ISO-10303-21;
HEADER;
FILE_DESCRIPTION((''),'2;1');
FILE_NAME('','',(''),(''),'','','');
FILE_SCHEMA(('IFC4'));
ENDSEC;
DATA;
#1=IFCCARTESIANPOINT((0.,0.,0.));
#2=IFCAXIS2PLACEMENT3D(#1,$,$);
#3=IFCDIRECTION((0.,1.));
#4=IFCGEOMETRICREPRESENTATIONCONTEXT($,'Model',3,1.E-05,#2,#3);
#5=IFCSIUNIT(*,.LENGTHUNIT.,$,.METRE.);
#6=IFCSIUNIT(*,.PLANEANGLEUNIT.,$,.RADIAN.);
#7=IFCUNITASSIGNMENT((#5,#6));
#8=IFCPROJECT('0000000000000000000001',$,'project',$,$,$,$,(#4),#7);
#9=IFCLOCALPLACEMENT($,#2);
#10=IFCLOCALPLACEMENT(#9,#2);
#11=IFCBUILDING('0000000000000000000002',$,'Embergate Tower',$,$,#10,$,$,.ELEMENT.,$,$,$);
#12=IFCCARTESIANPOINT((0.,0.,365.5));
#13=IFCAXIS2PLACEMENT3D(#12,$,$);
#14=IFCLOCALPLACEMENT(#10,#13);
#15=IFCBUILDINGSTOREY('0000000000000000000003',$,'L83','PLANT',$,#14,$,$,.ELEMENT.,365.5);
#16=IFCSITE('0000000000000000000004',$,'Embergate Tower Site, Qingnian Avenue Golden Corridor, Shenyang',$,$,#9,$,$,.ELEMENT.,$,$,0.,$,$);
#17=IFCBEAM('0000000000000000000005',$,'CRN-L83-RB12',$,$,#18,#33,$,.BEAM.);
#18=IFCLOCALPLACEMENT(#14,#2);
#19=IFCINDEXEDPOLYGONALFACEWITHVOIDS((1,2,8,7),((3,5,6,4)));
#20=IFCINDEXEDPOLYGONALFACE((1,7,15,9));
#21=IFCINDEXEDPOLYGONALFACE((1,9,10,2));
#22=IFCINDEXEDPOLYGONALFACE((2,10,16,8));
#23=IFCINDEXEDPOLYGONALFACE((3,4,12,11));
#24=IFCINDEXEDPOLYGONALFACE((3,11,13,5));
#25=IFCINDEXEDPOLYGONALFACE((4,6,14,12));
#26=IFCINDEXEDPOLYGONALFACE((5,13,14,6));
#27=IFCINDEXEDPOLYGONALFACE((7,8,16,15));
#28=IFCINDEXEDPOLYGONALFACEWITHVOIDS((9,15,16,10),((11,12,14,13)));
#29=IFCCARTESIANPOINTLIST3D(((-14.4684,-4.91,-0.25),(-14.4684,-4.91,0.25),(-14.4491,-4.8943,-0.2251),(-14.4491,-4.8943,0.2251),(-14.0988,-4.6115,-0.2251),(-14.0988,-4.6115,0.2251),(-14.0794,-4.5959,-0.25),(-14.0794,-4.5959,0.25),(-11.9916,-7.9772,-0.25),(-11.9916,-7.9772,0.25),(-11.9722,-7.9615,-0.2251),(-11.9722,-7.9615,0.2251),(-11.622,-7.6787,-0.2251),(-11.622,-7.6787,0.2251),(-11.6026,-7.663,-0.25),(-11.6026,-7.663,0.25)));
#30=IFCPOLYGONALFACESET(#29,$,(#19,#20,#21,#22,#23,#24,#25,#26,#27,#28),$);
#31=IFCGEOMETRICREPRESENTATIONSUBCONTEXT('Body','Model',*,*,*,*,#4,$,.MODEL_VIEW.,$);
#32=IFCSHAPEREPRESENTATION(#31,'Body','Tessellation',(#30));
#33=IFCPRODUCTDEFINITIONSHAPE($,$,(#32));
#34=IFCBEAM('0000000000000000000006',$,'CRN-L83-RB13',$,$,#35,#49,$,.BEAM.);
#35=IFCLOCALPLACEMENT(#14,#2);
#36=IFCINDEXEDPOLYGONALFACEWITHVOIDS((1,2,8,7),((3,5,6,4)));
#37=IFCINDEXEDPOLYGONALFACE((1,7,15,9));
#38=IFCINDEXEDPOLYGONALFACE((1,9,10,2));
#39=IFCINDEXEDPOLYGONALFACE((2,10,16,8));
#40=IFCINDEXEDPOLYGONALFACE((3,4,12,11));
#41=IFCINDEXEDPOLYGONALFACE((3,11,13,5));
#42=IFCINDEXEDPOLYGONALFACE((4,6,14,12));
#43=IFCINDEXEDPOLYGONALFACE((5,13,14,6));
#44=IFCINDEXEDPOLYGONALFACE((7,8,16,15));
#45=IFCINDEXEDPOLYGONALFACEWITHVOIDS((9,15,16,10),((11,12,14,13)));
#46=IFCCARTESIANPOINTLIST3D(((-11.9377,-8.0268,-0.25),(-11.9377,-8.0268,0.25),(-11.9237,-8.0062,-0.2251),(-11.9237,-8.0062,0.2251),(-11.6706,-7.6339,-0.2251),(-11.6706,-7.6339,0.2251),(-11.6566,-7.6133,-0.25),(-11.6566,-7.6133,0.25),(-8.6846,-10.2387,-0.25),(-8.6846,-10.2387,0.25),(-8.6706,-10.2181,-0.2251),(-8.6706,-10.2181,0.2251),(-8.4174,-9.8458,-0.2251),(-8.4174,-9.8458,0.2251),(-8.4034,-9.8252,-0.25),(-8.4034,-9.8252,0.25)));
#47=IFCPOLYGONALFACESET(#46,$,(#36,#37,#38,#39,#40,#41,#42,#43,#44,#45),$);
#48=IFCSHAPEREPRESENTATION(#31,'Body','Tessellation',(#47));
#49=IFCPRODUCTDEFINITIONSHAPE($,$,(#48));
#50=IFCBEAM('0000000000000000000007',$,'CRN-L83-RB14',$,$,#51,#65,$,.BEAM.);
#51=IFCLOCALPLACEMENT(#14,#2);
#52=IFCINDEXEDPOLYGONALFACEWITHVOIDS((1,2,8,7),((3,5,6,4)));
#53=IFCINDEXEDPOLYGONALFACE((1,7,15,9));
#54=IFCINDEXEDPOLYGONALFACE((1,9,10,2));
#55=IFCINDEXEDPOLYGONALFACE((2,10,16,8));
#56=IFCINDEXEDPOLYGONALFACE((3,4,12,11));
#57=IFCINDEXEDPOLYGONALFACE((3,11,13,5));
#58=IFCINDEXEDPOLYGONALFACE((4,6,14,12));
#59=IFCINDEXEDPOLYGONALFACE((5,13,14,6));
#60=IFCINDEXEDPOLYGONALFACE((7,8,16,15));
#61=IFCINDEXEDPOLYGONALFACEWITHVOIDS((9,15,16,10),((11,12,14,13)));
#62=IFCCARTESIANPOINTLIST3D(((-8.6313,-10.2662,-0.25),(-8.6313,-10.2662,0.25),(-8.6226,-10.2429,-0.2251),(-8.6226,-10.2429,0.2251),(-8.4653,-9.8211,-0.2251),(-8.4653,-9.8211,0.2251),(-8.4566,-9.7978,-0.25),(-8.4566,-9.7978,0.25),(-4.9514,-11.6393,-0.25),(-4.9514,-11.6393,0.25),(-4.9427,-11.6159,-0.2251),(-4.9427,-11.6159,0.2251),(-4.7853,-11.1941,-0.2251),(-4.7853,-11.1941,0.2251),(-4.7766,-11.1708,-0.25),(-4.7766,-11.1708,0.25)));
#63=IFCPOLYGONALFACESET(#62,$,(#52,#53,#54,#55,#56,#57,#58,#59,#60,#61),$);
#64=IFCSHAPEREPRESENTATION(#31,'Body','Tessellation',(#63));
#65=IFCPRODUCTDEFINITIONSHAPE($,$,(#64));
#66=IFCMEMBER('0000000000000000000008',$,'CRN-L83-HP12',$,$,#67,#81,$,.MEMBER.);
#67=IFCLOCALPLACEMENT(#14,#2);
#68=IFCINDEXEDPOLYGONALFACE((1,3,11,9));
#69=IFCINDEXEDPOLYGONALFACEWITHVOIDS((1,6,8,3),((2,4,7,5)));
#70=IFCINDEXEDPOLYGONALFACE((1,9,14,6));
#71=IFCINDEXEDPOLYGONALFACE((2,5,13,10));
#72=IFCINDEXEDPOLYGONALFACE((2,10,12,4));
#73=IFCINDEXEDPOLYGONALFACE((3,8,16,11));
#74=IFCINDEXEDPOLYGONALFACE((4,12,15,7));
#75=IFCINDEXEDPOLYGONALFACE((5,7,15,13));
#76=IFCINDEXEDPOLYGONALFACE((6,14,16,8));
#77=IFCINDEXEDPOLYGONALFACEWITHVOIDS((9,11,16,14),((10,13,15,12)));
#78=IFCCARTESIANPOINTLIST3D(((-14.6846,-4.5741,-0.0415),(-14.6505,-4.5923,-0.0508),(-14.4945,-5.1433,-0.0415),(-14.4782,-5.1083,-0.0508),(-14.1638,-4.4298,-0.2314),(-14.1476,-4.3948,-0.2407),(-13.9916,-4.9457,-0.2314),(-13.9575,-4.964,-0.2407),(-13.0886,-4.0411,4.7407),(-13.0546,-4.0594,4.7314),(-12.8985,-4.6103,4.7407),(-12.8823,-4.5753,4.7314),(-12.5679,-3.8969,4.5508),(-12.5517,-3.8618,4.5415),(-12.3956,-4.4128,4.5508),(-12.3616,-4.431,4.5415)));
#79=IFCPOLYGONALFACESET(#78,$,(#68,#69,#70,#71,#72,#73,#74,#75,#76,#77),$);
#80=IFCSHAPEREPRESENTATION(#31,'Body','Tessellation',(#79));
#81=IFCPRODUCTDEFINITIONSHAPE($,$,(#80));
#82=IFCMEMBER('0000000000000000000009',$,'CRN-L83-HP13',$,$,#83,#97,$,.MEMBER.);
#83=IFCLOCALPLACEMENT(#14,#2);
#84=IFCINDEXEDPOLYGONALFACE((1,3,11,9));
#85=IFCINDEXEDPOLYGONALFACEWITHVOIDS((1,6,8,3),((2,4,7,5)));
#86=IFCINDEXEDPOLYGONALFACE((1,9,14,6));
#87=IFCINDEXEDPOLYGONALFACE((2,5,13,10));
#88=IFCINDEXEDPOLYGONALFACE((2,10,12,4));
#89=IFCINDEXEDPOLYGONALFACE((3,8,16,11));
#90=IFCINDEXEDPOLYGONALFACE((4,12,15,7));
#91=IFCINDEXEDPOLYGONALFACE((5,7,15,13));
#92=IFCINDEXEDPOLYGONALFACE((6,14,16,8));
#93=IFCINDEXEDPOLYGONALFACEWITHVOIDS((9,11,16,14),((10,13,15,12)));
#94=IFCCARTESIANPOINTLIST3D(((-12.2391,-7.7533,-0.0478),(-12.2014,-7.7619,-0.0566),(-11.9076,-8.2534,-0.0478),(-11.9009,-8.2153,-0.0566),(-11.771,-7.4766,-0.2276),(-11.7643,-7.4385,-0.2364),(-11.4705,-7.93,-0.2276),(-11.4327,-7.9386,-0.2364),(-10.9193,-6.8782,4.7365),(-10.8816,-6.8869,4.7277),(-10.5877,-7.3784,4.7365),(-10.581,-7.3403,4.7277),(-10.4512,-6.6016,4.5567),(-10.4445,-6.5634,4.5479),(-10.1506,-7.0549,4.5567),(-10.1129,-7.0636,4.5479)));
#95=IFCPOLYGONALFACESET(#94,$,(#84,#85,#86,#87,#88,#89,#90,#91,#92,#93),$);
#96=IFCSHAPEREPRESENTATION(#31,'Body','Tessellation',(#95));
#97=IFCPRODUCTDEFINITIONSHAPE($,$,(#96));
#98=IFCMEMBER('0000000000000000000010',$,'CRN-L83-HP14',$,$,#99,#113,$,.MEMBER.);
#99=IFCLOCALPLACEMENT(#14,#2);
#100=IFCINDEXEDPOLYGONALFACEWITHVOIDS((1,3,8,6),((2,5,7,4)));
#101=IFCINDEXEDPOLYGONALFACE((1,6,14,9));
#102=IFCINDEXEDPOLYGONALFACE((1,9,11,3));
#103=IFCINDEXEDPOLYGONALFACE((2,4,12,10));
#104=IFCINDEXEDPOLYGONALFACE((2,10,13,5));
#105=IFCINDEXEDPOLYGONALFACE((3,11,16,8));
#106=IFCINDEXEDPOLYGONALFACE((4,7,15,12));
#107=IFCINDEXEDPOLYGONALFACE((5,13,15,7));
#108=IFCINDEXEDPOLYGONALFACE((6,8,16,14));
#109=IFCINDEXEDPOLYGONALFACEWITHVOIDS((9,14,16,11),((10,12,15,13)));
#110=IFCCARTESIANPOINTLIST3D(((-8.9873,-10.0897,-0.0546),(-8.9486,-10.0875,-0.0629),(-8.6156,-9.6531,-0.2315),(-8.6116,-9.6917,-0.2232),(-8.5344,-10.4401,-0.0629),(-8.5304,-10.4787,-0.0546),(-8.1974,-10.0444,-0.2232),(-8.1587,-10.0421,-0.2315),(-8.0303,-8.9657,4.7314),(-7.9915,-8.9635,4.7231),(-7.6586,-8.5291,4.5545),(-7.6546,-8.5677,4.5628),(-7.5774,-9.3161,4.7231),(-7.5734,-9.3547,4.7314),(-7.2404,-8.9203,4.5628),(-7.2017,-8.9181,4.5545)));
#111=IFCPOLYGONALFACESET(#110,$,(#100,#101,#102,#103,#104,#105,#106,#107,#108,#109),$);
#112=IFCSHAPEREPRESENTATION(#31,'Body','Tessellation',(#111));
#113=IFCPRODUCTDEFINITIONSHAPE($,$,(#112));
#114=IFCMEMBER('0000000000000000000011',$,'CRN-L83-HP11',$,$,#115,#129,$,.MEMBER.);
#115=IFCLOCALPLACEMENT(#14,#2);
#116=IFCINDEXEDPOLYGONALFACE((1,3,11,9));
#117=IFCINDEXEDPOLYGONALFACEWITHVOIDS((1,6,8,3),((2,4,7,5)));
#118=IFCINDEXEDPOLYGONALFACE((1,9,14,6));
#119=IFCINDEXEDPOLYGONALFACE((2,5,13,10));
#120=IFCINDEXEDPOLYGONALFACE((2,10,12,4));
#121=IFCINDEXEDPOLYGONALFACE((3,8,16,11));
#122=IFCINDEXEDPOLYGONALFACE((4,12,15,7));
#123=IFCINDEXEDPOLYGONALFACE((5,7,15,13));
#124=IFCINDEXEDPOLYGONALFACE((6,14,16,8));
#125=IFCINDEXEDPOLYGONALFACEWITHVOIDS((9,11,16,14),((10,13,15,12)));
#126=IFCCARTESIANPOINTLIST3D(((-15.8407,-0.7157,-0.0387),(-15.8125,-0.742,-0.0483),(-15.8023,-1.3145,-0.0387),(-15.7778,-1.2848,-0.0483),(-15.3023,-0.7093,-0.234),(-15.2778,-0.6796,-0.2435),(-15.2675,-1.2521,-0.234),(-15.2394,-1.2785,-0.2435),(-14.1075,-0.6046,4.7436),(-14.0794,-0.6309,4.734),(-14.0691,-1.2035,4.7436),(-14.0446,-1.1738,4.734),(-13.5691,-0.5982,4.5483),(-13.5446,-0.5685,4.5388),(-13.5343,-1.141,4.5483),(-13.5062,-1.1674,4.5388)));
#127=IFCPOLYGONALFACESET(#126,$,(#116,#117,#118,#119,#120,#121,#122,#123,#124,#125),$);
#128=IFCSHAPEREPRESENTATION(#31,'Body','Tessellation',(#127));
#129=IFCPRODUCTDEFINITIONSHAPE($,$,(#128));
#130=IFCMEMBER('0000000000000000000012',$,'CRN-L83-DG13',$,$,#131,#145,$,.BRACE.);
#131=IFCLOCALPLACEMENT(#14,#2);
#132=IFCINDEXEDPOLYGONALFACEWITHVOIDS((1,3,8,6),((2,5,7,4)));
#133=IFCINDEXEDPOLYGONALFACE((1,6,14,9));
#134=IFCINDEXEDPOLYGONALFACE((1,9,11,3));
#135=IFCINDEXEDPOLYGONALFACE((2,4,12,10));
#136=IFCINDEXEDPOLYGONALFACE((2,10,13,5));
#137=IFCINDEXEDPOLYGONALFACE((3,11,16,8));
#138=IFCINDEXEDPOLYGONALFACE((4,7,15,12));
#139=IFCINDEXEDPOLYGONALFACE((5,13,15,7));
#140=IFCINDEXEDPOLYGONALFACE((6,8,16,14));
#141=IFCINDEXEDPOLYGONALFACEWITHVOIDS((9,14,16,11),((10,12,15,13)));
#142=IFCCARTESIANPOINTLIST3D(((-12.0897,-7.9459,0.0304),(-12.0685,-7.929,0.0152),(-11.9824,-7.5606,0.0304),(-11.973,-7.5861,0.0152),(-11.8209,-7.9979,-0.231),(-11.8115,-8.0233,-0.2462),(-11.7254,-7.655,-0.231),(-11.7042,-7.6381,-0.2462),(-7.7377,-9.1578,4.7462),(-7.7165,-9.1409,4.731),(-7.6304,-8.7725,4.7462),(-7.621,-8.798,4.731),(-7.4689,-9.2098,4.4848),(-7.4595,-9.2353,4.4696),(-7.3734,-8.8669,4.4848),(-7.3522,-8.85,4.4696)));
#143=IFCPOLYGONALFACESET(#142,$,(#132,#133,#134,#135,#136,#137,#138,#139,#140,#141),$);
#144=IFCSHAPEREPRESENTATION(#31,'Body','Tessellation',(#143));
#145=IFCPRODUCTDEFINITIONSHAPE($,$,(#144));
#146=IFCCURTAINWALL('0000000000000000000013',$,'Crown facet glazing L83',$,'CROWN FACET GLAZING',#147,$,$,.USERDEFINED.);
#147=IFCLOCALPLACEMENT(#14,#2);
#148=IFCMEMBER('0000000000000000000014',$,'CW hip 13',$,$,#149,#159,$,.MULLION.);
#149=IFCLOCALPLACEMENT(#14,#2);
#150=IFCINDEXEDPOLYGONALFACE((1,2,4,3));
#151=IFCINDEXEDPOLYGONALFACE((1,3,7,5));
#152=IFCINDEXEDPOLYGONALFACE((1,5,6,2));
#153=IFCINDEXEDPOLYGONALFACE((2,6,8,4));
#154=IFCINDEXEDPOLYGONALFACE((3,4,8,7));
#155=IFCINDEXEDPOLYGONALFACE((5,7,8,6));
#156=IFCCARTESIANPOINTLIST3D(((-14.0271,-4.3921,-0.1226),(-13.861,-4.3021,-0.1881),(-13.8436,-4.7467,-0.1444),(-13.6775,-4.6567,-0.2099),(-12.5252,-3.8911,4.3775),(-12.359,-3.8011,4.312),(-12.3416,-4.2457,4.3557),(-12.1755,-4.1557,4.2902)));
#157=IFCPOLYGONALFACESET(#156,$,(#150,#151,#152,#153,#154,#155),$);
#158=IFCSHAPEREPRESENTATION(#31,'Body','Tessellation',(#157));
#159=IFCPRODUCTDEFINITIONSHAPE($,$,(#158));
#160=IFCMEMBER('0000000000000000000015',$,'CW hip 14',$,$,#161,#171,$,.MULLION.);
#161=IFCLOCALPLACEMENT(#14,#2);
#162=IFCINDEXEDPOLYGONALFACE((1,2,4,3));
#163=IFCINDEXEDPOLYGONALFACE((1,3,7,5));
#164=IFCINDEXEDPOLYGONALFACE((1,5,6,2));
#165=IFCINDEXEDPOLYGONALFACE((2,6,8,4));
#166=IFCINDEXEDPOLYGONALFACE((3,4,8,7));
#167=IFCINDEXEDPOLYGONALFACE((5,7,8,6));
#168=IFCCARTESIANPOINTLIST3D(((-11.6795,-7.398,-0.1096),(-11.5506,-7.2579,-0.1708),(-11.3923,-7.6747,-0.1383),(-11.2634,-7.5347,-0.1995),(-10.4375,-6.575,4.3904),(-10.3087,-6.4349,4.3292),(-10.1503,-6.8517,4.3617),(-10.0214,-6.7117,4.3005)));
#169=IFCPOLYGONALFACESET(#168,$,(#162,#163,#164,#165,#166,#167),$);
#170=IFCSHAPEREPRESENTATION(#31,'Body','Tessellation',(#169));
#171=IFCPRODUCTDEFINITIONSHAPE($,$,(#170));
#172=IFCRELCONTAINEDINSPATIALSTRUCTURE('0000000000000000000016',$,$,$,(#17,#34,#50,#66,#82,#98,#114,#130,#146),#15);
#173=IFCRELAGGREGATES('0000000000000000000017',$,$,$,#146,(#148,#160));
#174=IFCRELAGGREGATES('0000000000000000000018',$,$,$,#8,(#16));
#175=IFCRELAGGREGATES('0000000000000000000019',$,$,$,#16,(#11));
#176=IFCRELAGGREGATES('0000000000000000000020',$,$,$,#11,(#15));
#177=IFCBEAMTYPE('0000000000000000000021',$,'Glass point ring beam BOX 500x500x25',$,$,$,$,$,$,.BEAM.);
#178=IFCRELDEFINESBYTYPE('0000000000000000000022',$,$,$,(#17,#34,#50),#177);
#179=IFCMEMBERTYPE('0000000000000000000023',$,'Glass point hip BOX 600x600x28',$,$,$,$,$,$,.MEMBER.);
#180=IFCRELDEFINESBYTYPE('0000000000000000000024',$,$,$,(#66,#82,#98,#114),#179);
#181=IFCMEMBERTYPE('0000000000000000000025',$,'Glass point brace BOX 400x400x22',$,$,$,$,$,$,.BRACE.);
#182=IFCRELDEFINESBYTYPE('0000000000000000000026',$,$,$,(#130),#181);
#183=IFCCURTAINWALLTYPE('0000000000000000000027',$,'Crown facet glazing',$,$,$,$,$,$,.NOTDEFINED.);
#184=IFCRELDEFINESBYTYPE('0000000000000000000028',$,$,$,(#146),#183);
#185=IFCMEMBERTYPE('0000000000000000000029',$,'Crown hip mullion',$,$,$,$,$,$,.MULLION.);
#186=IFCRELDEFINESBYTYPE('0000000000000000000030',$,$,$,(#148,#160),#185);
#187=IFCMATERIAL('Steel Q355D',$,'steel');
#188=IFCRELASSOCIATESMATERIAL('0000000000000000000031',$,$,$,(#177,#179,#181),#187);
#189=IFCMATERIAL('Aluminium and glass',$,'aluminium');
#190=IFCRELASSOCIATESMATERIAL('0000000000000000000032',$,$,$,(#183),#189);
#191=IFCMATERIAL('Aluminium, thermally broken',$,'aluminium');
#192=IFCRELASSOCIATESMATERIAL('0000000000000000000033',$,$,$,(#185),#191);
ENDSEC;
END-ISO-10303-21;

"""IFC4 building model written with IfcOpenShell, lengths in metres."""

from ifc_helpers import new_model, si_unit, direction, frame, origin, origin_2d, place, context, subcontext, project, spatial, rectangle, hollow_rectangle, extrude, source, transform, mapped, material, material_profile, profile_set, type_object, element, aggregate, save


model = new_model("IFC4")

# Units and contexts
model_context = context("Model", 3, precision=1e-05, world=origin(), true_north=direction((0.0, 1.0)))
body_context = subcontext(model_context, "Body", "Model", "MODEL_VIEW")
ifc_project = project(units=[si_unit("LENGTHUNIT", "METRE"), si_unit("PLANEANGLEUNIT", "RADIAN")], contexts=[model_context])

# Site, building, storey
site_placement = place(None, origin())
site = spatial("IfcSite", under=ifc_project, at=site_placement, Name="Embergate Tower Site, Qingnian Avenue Golden Corridor, Shenyang", CompositionType="ELEMENT", RefElevation=0.0)
building_placement = place(site_placement, origin())
building = spatial("IfcBuilding", under=site, at=building_placement, Name="Embergate Tower", CompositionType="ELEMENT")
storey_placement = place(building_placement, frame((0.0, 0.0, 365.5)))
storey = spatial("IfcBuildingStorey", under=building, at=storey_placement, Name="L83", Description="PLANT", CompositionType="ELEMENT", Elevation=365.5)

# Beams
ifc_material_1 = material(Name="Steel Q355D", Category="steel")
ifc_material_profile_1 = material_profile(ifc_material_1, hollow_rectangle(XDim=0.5, YDim=0.5, WallThickness=0.0249, at=origin_2d()), Name="BOX 500x500x25")
ifc_profile_set_1 = profile_set([ifc_material_profile_1], Name="Steel Q355 grade D")
beam_type = type_object("IfcBeamType", Name="Glass point ring beam BOX 500x500x25", PredefinedType="BEAM", material=ifc_profile_set_1)
shared_shape_1 = source(origin(), body_context, "Body", "SweptSolid", [
    extrude(hollow_rectangle(XDim=0.5, YDim=0.5, WallThickness=0.0249, at=origin_2d()), origin(), (0.0, 0.0, 1.0), 3.9424),
])
beam_1_placement = place(storey_placement, frame((-14.2739, -4.7529, 0.0), z_axis=(0.628261, -0.778003, 0.0), x_axis=(0.778003, 0.628261, 0.0)))
element("IfcBeam", 1, at=beam_1_placement, inside=storey, type_object=beam_type, Name="CRN-L83-RB12", PredefinedType="BEAM", context=body_context, shape_type="MappedRepresentation", body=[
    mapped(shared_shape_1, transform((0.0, 0.0, 0.0))),
])
shared_shape_2 = source(origin(), body_context, "Body", "SweptSolid", [
    extrude(hollow_rectangle(XDim=0.5, YDim=0.5, WallThickness=0.0249, at=origin_2d()), origin(), (0.0, 0.0, 1.0), 3.9338),
])
beam_2_placement = place(storey_placement, frame((-11.7971, -7.8201, 0.0), z_axis=(0.826955, -0.562268, 0.0), x_axis=(0.562268, 0.826955, 0.0)))
element("IfcBeam", 2, at=beam_2_placement, inside=storey, type_object=beam_type, Name="CRN-L83-RB13", PredefinedType="BEAM", context=body_context, shape_type="MappedRepresentation", body=[
    mapped(shared_shape_2, transform((0.0, 0.0, 0.0))),
])
shared_shape_3 = source(origin(), body_context, "Body", "SweptSolid", [
    extrude(hollow_rectangle(XDim=0.5, YDim=0.5, WallThickness=0.0249, at=origin_2d()), origin(), (0.0, 0.0, 1.0), 3.9277),
])
beam_3_placement = place(storey_placement, frame((-8.5439, -10.032, 0.0), z_axis=(0.936908, -0.349577, 0.0), x_axis=(0.349577, 0.936908, 0.0)))
element("IfcBeam", 3, at=beam_3_placement, inside=storey, type_object=beam_type, Name="CRN-L83-RB14", PredefinedType="BEAM", context=body_context, shape_type="MappedRepresentation", body=[
    mapped(shared_shape_3, transform((0.0, 0.0, 0.0))),
])

# Members
ifc_material_profile_2 = material_profile(ifc_material_1, hollow_rectangle(XDim=0.6001, YDim=0.6001, WallThickness=0.0281, at=origin_2d()), Name="BOX 600x600x28")
ifc_profile_set_2 = profile_set([ifc_material_profile_2], Name="Steel Q355 grade D")
member_type_1 = type_object("IfcMemberType", Name="Glass point hip BOX 600x600x28", PredefinedType="MEMBER", material=ifc_profile_set_2)
shared_shape_4 = source(origin(), body_context, "Body", "SweptSolid", [
    extrude(hollow_rectangle(XDim=0.6001, YDim=0.6001, WallThickness=0.0281, at=origin_2d()), origin(), (0.0, 0.0, 1.0), 5.0696),
])
member_1_placement = place(storey_placement, frame((-14.321, -4.769, -0.1411), z_axis=(0.314808, 0.105129, 0.943315), x_axis=(-0.31675, 0.948509, 0.0)))
element("IfcMember", 4, at=member_1_placement, inside=storey, type_object=member_type_1, Name="CRN-L83-HP12", PredefinedType="MEMBER", context=body_context, shape_type="MappedRepresentation", body=[
    mapped(shared_shape_4, transform((0.0, 0.0, 0.0))),
])
shared_shape_5 = source(origin(), body_context, "Body", "SweptSolid", [
    extrude(hollow_rectangle(XDim=0.6001, YDim=0.6001, WallThickness=0.0281, at=origin_2d()), origin(), (0.0, 0.0, 1.0), 5.0396),
])
member_2_placement = place(storey_placement, frame((-11.8359, -7.8459, -0.1421), z_axis=(0.261899, 0.17363, 0.949348), x_axis=(-0.552564, 0.833471, 0.0)))
element("IfcMember", 5, at=member_2_placement, inside=storey, type_object=member_type_1, Name="CRN-L83-HP13", PredefinedType="MEMBER", context=body_context, shape_type="MappedRepresentation", body=[
    mapped(shared_shape_5, transform((0.0, 0.0, 0.0))),
])
shared_shape_6 = source(origin(), body_context, "Body", "SweptSolid", [
    extrude(hollow_rectangle(XDim=0.6001, YDim=0.6001, WallThickness=0.0281, at=origin_2d()), origin(), (0.0, 0.0, 1.0), 5.0085),
])
member_3_placement = place(storey_placement, frame((-8.573, -10.0659, -0.1431), z_axis=(0.191076, 0.224417, 0.955577), x_axis=(-0.7614, 0.648282, 0.0)))
element("IfcMember", 6, at=member_3_placement, inside=storey, type_object=member_type_1, Name="CRN-L83-HP14", PredefinedType="MEMBER", context=body_context, shape_type="MappedRepresentation", body=[
    mapped(shared_shape_6, transform((0.0, 0.0, 0.0))),
])
shared_shape_7 = source(origin(), body_context, "Body", "SweptSolid", [
    extrude(hollow_rectangle(XDim=0.6001, YDim=0.6001, WallThickness=0.0281, at=origin_2d()), origin(), (0.0, 0.0, 1.0), 5.0879),
])
member_4_placement = place(storey_placement, frame((-15.54, -0.9971, -0.1411), z_axis=(0.340648, 0.021833, 0.939937), x_axis=(-0.063962, 0.997952, 0.0)))
element("IfcMember", 7, at=member_4_placement, inside=storey, type_object=member_type_1, Name="CRN-L83-HP11", PredefinedType="MEMBER", context=body_context, shape_type="MappedRepresentation", body=[
    mapped(shared_shape_7, transform((0.0, 0.0, 0.0))),
])
ifc_material_profile_3 = material_profile(ifc_material_1, hollow_rectangle(XDim=0.3999, YDim=0.3999, WallThickness=0.022, at=origin_2d()), Name="BOX 400x400x22")
ifc_profile_set_3 = profile_set([ifc_material_profile_3], Name="Steel Q355 grade D")
member_type_2 = type_object("IfcMemberType", Name="Glass point brace BOX 400x400x22", PredefinedType="BRACE", material=ifc_profile_set_3)
shared_shape_8 = source(origin(), body_context, "Body", "SweptSolid", [
    extrude(hollow_rectangle(XDim=0.3999, YDim=0.3999, WallThickness=0.022, at=origin_2d()), origin(), (0.0, 0.0, 1.0), 6.5305),
])
member_5_placement = place(storey_placement, frame((-11.897, -7.792, -0.1079), z_axis=(0.666414, -0.185576, 0.722117), x_axis=(0.268263, 0.963346, 0.0)))
element("IfcMember", 8, at=member_5_placement, inside=storey, type_object=member_type_2, Name="CRN-L83-DG13", PredefinedType="BRACE", context=body_context, shape_type="MappedRepresentation", body=[
    mapped(shared_shape_8, transform((0.0, 0.0, 0.0))),
])

# Curtain wall, members
ifc_material_2 = material(Name="Aluminium and glass", Category="aluminium")
curtain_wall_type = type_object("IfcCurtainWallType", Name="Crown facet glazing", PredefinedType="NOTDEFINED", material=ifc_material_2)
curtain_wall_placement = place(storey_placement, origin())
curtain_wall = element("IfcCurtainWall", 9, at=curtain_wall_placement, inside=storey, type_object=curtain_wall_type, Name="Crown facet glazing L83", ObjectType="CROWN FACET GLAZING", PredefinedType="USERDEFINED")
ifc_material_3 = material(Name="Aluminium, thermally broken", Category="aluminium")
ifc_material_profile_4 = material_profile(ifc_material_3, rectangle(XDim=0.2, YDim=0.3999, at=origin_2d()), Name="AL 400x200")
ifc_profile_set_4 = profile_set([ifc_material_profile_4], Name="Aluminium, thermally broken")
member_type_3 = type_object("IfcMemberType", Name="Crown hip mullion", PredefinedType="MULLION", material=ifc_profile_set_4)
shared_shape_9 = source(origin(), body_context, "Body", "SweptSolid", [
    extrude(rectangle(XDim=0.2, YDim=0.3999, at=origin_2d()), origin(), (0.0, 0.0, 1.0), 4.7705),
])
member_6_placement = place(storey_placement, frame((-13.8523, -4.5244, -0.1663), z_axis=(0.314848, 0.105017, 0.943315), x_axis=(-0.830741, -0.450202, 0.327394)))
member_6 = element("IfcMember", 10, at=member_6_placement, type_object=member_type_3, Name="CW hip 13", PredefinedType="MULLION", context=body_context, shape_type="MappedRepresentation", body=[
    mapped(shared_shape_9, transform((0.0, 0.0, 0.0))),
])
shared_shape_10 = source(origin(), body_context, "Body", "SweptSolid", [
    extrude(rectangle(XDim=0.2, YDim=0.3999, at=origin_2d()), origin(), (0.0, 0.0, 1.0), 4.7402),
])
member_7_placement = place(storey_placement, frame((-11.4714, -7.4663, -0.1545), z_axis=(0.262001, 0.17362, 0.949322), x_axis=(-0.644589, -0.700607, 0.306031)))
member_7 = element("IfcMember", 11, at=member_7_placement, type_object=member_type_3, Name="CW hip 14", PredefinedType="MULLION", context=body_context, shape_type="MappedRepresentation", body=[
    mapped(shared_shape_10, transform((0.0, 0.0, 0.0))),
])
aggregate(curtain_wall, [member_6, member_7])

save(model, "model.ifc")
